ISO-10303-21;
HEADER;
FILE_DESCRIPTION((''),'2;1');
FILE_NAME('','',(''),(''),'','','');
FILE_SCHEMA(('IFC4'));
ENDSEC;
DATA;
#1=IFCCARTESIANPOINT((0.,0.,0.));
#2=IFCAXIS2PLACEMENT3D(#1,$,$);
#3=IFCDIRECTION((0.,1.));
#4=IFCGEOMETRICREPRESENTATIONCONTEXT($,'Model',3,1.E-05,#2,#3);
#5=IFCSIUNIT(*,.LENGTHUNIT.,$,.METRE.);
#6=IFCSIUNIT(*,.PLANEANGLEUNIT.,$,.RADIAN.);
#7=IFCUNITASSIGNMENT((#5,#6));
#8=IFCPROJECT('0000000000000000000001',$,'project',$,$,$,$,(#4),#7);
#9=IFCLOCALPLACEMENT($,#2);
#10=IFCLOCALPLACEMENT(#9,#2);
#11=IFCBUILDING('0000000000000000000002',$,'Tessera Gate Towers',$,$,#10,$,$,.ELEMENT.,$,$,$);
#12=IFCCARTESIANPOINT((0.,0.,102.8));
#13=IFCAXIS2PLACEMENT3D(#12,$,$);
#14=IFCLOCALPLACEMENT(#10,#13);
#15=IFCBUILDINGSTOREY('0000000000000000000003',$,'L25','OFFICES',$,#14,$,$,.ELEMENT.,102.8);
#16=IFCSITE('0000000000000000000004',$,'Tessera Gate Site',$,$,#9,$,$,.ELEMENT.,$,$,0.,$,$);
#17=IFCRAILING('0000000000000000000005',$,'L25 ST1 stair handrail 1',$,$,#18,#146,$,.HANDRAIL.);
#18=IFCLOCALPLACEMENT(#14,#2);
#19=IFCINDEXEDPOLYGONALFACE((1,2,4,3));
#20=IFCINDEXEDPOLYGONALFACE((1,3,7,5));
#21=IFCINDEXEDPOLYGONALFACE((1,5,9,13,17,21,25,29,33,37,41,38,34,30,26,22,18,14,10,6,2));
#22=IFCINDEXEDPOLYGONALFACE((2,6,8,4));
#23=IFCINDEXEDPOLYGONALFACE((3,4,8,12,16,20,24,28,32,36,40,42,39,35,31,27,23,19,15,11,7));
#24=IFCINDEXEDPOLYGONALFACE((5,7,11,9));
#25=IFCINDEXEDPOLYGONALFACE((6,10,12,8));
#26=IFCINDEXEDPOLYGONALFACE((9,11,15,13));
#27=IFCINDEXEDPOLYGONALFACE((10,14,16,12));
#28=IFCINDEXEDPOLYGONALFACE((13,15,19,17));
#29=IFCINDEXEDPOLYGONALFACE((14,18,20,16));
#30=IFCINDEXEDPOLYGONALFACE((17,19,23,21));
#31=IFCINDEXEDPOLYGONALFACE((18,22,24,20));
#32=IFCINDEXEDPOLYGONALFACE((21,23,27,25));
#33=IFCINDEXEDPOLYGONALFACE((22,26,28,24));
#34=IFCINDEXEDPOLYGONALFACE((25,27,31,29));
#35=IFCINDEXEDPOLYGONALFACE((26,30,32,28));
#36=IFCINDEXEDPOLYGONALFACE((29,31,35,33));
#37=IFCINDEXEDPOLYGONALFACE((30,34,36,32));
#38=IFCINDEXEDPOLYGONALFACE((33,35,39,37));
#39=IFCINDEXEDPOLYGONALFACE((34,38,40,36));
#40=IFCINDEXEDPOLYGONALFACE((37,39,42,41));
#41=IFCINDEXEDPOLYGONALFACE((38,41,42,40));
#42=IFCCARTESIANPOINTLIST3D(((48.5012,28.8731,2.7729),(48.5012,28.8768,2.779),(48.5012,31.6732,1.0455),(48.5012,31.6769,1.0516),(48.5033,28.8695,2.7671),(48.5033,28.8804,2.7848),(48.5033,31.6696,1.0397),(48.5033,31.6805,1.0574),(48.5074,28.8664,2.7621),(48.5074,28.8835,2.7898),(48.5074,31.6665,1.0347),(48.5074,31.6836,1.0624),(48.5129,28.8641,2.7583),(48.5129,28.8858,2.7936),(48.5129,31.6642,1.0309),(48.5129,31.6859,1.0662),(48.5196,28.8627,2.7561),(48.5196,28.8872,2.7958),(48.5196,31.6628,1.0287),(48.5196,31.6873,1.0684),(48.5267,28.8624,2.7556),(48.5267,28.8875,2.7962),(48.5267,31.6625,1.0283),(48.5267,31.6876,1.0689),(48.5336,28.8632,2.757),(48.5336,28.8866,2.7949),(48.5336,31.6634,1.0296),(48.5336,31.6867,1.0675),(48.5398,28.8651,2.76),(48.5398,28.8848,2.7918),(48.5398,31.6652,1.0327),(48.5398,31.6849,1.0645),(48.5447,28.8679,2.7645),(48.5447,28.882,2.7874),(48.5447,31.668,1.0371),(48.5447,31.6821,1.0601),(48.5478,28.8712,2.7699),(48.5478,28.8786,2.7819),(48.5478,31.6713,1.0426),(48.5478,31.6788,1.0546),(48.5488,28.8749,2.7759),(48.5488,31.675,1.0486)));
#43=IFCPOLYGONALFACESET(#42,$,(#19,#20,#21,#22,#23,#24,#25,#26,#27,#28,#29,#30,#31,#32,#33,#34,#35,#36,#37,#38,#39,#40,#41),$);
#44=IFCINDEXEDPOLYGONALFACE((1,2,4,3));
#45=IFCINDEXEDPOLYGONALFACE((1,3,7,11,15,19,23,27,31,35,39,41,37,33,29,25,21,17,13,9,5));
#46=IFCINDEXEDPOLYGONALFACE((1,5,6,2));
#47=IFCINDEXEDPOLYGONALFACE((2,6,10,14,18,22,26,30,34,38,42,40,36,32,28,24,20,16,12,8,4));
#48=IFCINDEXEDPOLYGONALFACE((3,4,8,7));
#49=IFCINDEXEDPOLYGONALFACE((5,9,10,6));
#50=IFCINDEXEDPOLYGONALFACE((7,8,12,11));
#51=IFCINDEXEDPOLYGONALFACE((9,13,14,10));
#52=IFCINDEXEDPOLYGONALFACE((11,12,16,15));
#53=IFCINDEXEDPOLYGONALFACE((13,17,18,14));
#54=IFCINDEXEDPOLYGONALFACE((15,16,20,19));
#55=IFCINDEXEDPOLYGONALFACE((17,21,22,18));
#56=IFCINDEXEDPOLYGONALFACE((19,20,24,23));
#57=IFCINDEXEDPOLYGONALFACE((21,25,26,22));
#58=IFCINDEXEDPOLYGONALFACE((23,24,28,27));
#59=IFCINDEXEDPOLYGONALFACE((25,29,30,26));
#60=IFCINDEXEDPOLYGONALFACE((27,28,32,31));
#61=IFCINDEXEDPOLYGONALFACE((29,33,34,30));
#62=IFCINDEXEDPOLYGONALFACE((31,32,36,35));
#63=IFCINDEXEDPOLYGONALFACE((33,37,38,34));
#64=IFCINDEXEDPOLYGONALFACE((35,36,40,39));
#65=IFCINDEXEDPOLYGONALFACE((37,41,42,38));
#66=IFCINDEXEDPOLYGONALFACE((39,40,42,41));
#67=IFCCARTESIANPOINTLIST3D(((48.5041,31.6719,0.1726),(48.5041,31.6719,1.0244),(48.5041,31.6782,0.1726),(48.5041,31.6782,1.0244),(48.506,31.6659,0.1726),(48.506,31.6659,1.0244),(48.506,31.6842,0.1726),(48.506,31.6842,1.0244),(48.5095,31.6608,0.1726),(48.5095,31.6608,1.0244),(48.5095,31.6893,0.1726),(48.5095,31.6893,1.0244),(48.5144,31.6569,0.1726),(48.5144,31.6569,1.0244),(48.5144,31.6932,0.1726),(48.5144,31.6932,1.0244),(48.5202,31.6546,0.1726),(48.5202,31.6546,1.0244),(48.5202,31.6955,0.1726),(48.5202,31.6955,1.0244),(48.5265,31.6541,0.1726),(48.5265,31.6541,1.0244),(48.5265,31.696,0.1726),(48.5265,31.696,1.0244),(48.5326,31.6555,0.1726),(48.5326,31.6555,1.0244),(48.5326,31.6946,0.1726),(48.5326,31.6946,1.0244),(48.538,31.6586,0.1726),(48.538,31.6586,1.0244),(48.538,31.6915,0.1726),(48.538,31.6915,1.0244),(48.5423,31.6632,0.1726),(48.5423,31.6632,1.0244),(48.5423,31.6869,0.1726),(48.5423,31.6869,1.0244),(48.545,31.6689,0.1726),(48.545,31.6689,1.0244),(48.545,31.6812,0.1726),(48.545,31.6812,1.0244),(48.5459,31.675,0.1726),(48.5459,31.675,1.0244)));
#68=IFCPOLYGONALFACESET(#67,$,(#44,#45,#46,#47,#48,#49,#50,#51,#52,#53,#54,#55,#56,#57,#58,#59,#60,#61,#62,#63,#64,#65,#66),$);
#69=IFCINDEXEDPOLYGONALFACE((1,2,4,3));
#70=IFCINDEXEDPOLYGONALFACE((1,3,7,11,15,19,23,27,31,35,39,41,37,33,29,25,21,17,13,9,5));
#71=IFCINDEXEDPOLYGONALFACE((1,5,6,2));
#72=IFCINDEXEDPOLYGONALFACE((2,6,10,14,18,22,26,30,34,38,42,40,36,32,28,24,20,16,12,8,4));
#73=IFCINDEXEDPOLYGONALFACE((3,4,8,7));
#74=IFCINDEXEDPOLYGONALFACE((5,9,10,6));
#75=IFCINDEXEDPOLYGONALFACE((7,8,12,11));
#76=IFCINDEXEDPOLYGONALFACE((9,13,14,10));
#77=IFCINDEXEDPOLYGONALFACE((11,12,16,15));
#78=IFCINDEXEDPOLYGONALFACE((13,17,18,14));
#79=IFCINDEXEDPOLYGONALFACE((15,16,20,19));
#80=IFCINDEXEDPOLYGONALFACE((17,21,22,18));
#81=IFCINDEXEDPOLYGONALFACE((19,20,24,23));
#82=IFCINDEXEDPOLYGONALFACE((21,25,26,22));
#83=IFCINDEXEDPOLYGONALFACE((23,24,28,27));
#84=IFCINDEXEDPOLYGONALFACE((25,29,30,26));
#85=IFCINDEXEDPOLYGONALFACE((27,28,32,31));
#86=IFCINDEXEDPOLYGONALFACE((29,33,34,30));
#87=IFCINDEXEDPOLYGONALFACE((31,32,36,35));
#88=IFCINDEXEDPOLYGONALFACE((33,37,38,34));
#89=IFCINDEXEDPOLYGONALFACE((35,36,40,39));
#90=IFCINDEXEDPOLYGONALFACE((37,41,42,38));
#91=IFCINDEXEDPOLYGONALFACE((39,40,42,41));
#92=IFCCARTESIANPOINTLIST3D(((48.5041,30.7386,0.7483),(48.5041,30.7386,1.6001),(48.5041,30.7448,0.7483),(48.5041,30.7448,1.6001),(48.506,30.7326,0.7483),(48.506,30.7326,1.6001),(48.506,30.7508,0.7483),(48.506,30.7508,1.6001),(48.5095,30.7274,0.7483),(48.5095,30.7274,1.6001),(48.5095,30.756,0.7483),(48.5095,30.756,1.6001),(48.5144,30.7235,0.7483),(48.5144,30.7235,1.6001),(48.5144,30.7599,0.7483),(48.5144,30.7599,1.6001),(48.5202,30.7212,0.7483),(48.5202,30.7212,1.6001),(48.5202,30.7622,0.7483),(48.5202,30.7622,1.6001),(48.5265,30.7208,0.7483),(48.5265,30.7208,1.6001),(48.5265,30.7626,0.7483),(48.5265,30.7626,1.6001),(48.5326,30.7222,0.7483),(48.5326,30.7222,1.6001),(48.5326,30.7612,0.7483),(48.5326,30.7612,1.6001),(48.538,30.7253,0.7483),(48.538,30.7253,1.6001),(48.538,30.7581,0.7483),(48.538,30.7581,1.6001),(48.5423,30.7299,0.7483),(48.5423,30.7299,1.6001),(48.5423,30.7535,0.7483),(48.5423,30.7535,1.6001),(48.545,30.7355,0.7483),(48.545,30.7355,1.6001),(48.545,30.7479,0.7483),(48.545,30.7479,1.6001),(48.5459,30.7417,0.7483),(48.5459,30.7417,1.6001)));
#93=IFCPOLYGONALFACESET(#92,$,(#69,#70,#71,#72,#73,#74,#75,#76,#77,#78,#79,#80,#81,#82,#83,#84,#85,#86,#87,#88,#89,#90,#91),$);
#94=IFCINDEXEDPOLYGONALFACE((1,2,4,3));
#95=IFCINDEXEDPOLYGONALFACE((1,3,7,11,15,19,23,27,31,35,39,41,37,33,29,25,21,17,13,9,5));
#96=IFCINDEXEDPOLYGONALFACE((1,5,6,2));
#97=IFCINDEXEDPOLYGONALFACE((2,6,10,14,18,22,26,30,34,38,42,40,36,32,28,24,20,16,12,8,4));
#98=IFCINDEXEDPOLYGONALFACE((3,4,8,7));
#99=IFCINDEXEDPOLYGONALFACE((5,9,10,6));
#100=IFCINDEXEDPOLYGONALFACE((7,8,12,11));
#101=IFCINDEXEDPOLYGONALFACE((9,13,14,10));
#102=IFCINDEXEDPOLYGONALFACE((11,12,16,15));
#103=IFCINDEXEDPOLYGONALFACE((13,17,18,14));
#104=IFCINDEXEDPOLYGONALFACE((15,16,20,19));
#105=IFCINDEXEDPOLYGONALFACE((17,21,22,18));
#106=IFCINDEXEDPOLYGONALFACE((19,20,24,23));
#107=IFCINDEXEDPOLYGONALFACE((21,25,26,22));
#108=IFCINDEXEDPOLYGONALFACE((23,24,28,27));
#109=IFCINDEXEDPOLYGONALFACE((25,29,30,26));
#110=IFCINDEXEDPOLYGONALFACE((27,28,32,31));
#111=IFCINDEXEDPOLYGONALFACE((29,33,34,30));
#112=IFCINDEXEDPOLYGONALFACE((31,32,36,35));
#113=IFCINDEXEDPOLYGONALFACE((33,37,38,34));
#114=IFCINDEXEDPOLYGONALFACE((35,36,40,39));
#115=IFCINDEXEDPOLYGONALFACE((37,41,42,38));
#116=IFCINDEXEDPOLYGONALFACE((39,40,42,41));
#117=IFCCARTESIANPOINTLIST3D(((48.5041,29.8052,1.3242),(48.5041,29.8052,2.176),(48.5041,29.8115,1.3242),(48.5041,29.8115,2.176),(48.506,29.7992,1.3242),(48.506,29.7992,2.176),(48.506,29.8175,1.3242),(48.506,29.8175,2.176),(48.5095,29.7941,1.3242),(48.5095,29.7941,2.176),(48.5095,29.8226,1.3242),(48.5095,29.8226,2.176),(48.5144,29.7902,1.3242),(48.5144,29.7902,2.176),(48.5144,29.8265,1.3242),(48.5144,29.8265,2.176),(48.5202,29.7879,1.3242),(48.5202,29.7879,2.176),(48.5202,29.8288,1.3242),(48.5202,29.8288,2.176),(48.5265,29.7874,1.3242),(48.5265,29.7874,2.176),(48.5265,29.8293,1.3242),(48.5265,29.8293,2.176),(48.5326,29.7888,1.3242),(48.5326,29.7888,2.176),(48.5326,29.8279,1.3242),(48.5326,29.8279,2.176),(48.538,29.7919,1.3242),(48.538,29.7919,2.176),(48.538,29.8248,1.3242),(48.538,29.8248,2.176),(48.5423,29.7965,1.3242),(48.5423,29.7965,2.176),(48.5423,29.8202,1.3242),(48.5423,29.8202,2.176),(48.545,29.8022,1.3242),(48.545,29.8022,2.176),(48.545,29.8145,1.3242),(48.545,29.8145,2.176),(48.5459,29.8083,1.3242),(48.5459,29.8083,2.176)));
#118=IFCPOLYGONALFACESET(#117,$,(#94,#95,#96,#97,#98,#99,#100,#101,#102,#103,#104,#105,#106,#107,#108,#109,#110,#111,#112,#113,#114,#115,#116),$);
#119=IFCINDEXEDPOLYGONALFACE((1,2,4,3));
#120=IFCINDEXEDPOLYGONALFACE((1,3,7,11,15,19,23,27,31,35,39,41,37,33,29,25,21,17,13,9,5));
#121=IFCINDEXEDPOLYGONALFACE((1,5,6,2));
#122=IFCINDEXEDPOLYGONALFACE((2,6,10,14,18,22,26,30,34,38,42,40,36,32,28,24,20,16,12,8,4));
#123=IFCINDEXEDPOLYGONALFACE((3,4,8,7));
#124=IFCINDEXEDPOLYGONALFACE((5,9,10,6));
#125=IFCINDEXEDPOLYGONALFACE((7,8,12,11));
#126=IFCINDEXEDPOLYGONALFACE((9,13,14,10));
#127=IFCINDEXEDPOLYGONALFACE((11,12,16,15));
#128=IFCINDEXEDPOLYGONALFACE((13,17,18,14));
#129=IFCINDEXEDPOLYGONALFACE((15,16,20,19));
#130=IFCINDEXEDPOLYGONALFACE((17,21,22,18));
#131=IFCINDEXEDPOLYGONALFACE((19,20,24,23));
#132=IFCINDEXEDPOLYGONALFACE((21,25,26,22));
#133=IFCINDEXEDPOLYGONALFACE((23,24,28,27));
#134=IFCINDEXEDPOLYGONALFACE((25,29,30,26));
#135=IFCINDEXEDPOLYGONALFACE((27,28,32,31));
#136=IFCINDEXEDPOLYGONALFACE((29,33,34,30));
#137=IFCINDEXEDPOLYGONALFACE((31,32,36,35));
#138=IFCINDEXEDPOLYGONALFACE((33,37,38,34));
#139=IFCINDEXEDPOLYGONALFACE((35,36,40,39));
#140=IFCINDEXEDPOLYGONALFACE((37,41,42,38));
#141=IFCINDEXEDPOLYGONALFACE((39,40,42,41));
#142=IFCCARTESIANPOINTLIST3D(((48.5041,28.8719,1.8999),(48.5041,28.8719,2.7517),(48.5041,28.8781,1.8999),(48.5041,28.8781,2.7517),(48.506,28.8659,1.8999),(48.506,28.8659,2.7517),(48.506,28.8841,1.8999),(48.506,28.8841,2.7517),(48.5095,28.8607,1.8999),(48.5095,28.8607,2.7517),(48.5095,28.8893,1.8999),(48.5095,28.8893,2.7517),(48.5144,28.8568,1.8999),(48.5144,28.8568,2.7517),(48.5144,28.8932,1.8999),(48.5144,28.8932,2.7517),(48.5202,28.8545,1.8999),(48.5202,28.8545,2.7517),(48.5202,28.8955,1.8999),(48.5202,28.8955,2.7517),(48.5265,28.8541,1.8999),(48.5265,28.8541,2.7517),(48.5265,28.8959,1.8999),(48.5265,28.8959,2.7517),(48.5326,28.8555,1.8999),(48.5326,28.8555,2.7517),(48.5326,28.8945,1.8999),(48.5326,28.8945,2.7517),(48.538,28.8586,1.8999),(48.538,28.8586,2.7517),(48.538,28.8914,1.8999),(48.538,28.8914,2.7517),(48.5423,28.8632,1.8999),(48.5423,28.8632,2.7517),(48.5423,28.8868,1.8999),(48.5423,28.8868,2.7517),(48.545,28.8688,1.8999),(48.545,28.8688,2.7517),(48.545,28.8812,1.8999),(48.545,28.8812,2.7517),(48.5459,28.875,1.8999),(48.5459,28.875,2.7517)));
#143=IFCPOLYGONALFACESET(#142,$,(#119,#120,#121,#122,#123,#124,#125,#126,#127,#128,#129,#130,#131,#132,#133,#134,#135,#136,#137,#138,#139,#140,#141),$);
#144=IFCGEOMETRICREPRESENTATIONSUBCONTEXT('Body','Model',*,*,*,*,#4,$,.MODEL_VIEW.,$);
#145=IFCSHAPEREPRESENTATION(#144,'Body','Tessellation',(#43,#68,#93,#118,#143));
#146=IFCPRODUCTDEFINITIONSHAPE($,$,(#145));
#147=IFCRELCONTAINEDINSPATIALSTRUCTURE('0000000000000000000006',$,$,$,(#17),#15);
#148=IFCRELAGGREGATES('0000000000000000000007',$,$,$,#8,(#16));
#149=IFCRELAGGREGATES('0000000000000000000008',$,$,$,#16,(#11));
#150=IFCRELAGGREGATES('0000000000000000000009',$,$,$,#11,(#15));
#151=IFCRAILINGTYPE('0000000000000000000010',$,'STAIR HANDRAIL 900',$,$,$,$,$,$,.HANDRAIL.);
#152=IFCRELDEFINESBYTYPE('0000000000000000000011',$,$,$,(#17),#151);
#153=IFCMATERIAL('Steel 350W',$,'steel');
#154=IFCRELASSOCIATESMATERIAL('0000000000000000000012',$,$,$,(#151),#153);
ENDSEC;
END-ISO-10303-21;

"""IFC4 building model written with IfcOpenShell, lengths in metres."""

from ifc_helpers import new_model, si_unit, direction, frame, origin, origin_2d, place, context, subcontext, project, spatial, circle, extrude, material, type_object, element, save


model = new_model("IFC4")

# Units and contexts
model_context = context("Model", 3, precision=1e-05, world=origin(), true_north=direction((0.0, 1.0)))
body_context = subcontext(model_context, "Body", "Model", "MODEL_VIEW")
ifc_project = project(units=[si_unit("LENGTHUNIT", "METRE"), si_unit("PLANEANGLEUNIT", "RADIAN")], contexts=[model_context])

# Site, building, storey
site_placement = place(None, origin())
site = spatial("IfcSite", under=ifc_project, at=site_placement, Name="Tessera Gate Site", CompositionType="ELEMENT", RefElevation=0.0)
building_placement = place(site_placement, origin())
building = spatial("IfcBuilding", under=site, at=building_placement, Name="Tessera Gate Towers", CompositionType="ELEMENT")
storey_placement = place(building_placement, frame((0.0, 0.0, 102.8)))
storey = spatial("IfcBuildingStorey", under=building, at=storey_placement, Name="L25", Description="OFFICES", CompositionType="ELEMENT", Elevation=102.8)

# Railing
ifc_material_1 = material(Name="Steel 350W", Category="steel")
railing_type = type_object("IfcRailingType", Name="STAIR HANDRAIL 900", PredefinedType="HANDRAIL", material=ifc_material_1)
railing_placement = place(storey_placement, frame((48.5249, 31.675, 0.1726)))
element("IfcRailing", 1, at=railing_placement, inside=storey, type_object=railing_type, Name="L25 ST1 stair handrail 1", PredefinedType="HANDRAIL", context=body_context, shape_type="SweptSolid", body=[
    extrude(circle(Radius=0.0239, at=origin_2d()), frame((0.0, 0.0, 0.876), z_axis=(0.0, -0.85109, 0.52502), x_axis=(1.0, 0.0, 0.0)), (0.0, 0.0, 1.0), 3.29),
    extrude(circle(Radius=0.021, at=origin_2d()), origin(), (0.0, 0.0, 1.0), 0.8518),
    extrude(circle(Radius=0.021, at=origin_2d()), frame((0.0, -0.9333, 0.5757)), (0.0, 0.0, 1.0), 0.8518),
    extrude(circle(Radius=0.021, at=origin_2d()), frame((0.0, -1.8667, 1.1516)), (0.0, 0.0, 1.0), 0.8518),
    extrude(circle(Radius=0.021, at=origin_2d()), frame((0.0, -2.8, 1.7273)), (0.0, 0.0, 1.0), 0.8518),
])

save(model, "model.ifc")
